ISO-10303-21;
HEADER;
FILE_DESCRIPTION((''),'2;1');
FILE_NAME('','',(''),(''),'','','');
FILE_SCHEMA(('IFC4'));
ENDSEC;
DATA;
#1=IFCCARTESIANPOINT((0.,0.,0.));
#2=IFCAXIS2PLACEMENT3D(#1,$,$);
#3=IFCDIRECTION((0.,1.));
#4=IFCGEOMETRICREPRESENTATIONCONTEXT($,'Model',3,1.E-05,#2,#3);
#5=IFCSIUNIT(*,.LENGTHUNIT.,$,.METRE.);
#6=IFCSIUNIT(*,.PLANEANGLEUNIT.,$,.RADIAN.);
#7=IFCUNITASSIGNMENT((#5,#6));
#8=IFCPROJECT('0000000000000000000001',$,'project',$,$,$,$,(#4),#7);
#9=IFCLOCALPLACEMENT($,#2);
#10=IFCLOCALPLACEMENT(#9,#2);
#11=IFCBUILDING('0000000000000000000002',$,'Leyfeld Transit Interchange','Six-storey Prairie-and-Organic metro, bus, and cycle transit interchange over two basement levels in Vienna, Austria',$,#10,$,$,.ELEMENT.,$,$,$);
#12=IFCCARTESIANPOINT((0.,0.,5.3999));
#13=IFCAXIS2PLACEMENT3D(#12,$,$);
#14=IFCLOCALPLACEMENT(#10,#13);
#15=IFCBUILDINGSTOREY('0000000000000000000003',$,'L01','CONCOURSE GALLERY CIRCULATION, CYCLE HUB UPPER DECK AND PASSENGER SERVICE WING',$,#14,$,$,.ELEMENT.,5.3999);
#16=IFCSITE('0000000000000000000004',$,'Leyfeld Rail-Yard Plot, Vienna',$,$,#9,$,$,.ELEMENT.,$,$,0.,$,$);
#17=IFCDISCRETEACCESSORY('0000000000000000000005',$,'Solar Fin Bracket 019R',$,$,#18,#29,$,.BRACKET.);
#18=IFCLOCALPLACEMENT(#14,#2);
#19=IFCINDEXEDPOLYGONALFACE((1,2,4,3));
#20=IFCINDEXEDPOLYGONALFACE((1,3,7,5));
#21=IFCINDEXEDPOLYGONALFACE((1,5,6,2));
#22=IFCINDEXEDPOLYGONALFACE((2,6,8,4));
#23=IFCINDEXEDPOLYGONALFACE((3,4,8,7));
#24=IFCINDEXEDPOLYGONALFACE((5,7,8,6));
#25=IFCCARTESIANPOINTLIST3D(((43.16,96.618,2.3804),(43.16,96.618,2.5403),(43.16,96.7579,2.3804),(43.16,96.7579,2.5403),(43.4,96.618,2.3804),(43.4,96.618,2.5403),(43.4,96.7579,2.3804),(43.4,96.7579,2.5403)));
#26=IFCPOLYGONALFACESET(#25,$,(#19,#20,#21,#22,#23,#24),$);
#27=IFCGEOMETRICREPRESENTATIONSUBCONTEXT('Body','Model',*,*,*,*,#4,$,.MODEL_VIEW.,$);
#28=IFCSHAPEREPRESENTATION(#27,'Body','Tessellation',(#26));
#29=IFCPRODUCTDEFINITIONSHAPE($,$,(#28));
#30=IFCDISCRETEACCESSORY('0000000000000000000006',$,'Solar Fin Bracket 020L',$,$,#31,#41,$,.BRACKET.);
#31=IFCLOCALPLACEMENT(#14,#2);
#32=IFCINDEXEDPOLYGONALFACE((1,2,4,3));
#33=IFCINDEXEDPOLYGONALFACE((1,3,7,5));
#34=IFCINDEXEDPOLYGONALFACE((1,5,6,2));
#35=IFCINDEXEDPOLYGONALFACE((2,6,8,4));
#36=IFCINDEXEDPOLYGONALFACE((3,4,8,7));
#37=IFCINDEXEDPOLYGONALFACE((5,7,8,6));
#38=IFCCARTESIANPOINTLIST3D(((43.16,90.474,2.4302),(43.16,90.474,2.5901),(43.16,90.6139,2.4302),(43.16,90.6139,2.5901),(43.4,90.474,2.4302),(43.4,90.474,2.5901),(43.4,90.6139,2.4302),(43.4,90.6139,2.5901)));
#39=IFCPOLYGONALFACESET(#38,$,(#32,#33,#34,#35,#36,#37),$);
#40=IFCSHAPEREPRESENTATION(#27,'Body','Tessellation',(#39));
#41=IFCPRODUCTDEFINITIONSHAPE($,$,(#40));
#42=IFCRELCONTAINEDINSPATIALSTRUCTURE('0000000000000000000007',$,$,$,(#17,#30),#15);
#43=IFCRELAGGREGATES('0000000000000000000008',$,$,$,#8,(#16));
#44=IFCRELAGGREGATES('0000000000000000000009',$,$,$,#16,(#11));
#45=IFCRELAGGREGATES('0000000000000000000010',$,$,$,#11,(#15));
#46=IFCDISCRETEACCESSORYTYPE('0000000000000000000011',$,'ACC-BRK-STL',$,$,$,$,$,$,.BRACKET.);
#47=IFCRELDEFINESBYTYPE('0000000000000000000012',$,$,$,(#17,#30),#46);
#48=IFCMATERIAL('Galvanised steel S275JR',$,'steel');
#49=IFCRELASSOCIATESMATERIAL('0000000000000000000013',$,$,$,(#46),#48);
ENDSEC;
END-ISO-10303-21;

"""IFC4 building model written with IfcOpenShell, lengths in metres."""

from ifc_helpers import new_model, si_unit, direction, frame, origin, origin_2d, place, context, subcontext, project, spatial, rectangle, extrude, material, type_object, element, save


model = new_model("IFC4")

# Units and contexts
model_context = context("Model", 3, precision=1e-05, world=origin(), true_north=direction((0.0, 1.0)))
body_context = subcontext(model_context, "Body", "Model", "MODEL_VIEW")
ifc_project = project(units=[si_unit("LENGTHUNIT", "METRE"), si_unit("PLANEANGLEUNIT", "RADIAN")], contexts=[model_context])

# Site, building, storey
site_placement = place(None, origin())
site = spatial("IfcSite", under=ifc_project, at=site_placement, Name="Leyfeld Rail-Yard Plot, Vienna", CompositionType="ELEMENT", RefElevation=0.0)
building_placement = place(site_placement, origin())
building = spatial("IfcBuilding", under=site, at=building_placement, Name="Leyfeld Transit Interchange", Description="Six-storey Prairie-and-Organic metro, bus, and cycle transit interchange over two basement levels in Vienna, Austria", CompositionType="ELEMENT")
storey_placement = place(building_placement, frame((0.0, 0.0, 5.3999)))
storey = spatial("IfcBuildingStorey", under=building, at=storey_placement, Name="L01", Description="CONCOURSE GALLERY CIRCULATION, CYCLE HUB UPPER DECK AND PASSENGER SERVICE WING", CompositionType="ELEMENT", Elevation=5.3999)

# Discrete accessories
ifc_material_1 = material(Name="Galvanised steel S275JR", Category="steel")
discrete_accessory_type = type_object("IfcDiscreteAccessoryType", Name="ACC-BRK-STL", PredefinedType="BRACKET", material=ifc_material_1)
for number, where, z_axis, x_axis, name in (
    (1, (43.28, 96.688, 2.3804), (0.0, 0.0, 1.0), (0.0, -1.0, 0.0), "Solar Fin Bracket 019R"),
    (2, (43.28, 90.5439, 2.4302), (0.0, 0.0, 1.0), (0.0, -1.0, 0.0), "Solar Fin Bracket 020L"),
):
    element("IfcDiscreteAccessory", number, at=place(storey_placement, frame(where, z_axis=z_axis, x_axis=x_axis)), inside=storey, type_object=discrete_accessory_type, Name=name, PredefinedType="BRACKET", context=body_context, shape_type="SweptSolid", body=[
        extrude(rectangle(XDim=0.1399, YDim=0.24, at=origin_2d()), origin(), (0.0, 0.0, 1.0), 0.1599),
    ])

save(model, "model.ifc")
